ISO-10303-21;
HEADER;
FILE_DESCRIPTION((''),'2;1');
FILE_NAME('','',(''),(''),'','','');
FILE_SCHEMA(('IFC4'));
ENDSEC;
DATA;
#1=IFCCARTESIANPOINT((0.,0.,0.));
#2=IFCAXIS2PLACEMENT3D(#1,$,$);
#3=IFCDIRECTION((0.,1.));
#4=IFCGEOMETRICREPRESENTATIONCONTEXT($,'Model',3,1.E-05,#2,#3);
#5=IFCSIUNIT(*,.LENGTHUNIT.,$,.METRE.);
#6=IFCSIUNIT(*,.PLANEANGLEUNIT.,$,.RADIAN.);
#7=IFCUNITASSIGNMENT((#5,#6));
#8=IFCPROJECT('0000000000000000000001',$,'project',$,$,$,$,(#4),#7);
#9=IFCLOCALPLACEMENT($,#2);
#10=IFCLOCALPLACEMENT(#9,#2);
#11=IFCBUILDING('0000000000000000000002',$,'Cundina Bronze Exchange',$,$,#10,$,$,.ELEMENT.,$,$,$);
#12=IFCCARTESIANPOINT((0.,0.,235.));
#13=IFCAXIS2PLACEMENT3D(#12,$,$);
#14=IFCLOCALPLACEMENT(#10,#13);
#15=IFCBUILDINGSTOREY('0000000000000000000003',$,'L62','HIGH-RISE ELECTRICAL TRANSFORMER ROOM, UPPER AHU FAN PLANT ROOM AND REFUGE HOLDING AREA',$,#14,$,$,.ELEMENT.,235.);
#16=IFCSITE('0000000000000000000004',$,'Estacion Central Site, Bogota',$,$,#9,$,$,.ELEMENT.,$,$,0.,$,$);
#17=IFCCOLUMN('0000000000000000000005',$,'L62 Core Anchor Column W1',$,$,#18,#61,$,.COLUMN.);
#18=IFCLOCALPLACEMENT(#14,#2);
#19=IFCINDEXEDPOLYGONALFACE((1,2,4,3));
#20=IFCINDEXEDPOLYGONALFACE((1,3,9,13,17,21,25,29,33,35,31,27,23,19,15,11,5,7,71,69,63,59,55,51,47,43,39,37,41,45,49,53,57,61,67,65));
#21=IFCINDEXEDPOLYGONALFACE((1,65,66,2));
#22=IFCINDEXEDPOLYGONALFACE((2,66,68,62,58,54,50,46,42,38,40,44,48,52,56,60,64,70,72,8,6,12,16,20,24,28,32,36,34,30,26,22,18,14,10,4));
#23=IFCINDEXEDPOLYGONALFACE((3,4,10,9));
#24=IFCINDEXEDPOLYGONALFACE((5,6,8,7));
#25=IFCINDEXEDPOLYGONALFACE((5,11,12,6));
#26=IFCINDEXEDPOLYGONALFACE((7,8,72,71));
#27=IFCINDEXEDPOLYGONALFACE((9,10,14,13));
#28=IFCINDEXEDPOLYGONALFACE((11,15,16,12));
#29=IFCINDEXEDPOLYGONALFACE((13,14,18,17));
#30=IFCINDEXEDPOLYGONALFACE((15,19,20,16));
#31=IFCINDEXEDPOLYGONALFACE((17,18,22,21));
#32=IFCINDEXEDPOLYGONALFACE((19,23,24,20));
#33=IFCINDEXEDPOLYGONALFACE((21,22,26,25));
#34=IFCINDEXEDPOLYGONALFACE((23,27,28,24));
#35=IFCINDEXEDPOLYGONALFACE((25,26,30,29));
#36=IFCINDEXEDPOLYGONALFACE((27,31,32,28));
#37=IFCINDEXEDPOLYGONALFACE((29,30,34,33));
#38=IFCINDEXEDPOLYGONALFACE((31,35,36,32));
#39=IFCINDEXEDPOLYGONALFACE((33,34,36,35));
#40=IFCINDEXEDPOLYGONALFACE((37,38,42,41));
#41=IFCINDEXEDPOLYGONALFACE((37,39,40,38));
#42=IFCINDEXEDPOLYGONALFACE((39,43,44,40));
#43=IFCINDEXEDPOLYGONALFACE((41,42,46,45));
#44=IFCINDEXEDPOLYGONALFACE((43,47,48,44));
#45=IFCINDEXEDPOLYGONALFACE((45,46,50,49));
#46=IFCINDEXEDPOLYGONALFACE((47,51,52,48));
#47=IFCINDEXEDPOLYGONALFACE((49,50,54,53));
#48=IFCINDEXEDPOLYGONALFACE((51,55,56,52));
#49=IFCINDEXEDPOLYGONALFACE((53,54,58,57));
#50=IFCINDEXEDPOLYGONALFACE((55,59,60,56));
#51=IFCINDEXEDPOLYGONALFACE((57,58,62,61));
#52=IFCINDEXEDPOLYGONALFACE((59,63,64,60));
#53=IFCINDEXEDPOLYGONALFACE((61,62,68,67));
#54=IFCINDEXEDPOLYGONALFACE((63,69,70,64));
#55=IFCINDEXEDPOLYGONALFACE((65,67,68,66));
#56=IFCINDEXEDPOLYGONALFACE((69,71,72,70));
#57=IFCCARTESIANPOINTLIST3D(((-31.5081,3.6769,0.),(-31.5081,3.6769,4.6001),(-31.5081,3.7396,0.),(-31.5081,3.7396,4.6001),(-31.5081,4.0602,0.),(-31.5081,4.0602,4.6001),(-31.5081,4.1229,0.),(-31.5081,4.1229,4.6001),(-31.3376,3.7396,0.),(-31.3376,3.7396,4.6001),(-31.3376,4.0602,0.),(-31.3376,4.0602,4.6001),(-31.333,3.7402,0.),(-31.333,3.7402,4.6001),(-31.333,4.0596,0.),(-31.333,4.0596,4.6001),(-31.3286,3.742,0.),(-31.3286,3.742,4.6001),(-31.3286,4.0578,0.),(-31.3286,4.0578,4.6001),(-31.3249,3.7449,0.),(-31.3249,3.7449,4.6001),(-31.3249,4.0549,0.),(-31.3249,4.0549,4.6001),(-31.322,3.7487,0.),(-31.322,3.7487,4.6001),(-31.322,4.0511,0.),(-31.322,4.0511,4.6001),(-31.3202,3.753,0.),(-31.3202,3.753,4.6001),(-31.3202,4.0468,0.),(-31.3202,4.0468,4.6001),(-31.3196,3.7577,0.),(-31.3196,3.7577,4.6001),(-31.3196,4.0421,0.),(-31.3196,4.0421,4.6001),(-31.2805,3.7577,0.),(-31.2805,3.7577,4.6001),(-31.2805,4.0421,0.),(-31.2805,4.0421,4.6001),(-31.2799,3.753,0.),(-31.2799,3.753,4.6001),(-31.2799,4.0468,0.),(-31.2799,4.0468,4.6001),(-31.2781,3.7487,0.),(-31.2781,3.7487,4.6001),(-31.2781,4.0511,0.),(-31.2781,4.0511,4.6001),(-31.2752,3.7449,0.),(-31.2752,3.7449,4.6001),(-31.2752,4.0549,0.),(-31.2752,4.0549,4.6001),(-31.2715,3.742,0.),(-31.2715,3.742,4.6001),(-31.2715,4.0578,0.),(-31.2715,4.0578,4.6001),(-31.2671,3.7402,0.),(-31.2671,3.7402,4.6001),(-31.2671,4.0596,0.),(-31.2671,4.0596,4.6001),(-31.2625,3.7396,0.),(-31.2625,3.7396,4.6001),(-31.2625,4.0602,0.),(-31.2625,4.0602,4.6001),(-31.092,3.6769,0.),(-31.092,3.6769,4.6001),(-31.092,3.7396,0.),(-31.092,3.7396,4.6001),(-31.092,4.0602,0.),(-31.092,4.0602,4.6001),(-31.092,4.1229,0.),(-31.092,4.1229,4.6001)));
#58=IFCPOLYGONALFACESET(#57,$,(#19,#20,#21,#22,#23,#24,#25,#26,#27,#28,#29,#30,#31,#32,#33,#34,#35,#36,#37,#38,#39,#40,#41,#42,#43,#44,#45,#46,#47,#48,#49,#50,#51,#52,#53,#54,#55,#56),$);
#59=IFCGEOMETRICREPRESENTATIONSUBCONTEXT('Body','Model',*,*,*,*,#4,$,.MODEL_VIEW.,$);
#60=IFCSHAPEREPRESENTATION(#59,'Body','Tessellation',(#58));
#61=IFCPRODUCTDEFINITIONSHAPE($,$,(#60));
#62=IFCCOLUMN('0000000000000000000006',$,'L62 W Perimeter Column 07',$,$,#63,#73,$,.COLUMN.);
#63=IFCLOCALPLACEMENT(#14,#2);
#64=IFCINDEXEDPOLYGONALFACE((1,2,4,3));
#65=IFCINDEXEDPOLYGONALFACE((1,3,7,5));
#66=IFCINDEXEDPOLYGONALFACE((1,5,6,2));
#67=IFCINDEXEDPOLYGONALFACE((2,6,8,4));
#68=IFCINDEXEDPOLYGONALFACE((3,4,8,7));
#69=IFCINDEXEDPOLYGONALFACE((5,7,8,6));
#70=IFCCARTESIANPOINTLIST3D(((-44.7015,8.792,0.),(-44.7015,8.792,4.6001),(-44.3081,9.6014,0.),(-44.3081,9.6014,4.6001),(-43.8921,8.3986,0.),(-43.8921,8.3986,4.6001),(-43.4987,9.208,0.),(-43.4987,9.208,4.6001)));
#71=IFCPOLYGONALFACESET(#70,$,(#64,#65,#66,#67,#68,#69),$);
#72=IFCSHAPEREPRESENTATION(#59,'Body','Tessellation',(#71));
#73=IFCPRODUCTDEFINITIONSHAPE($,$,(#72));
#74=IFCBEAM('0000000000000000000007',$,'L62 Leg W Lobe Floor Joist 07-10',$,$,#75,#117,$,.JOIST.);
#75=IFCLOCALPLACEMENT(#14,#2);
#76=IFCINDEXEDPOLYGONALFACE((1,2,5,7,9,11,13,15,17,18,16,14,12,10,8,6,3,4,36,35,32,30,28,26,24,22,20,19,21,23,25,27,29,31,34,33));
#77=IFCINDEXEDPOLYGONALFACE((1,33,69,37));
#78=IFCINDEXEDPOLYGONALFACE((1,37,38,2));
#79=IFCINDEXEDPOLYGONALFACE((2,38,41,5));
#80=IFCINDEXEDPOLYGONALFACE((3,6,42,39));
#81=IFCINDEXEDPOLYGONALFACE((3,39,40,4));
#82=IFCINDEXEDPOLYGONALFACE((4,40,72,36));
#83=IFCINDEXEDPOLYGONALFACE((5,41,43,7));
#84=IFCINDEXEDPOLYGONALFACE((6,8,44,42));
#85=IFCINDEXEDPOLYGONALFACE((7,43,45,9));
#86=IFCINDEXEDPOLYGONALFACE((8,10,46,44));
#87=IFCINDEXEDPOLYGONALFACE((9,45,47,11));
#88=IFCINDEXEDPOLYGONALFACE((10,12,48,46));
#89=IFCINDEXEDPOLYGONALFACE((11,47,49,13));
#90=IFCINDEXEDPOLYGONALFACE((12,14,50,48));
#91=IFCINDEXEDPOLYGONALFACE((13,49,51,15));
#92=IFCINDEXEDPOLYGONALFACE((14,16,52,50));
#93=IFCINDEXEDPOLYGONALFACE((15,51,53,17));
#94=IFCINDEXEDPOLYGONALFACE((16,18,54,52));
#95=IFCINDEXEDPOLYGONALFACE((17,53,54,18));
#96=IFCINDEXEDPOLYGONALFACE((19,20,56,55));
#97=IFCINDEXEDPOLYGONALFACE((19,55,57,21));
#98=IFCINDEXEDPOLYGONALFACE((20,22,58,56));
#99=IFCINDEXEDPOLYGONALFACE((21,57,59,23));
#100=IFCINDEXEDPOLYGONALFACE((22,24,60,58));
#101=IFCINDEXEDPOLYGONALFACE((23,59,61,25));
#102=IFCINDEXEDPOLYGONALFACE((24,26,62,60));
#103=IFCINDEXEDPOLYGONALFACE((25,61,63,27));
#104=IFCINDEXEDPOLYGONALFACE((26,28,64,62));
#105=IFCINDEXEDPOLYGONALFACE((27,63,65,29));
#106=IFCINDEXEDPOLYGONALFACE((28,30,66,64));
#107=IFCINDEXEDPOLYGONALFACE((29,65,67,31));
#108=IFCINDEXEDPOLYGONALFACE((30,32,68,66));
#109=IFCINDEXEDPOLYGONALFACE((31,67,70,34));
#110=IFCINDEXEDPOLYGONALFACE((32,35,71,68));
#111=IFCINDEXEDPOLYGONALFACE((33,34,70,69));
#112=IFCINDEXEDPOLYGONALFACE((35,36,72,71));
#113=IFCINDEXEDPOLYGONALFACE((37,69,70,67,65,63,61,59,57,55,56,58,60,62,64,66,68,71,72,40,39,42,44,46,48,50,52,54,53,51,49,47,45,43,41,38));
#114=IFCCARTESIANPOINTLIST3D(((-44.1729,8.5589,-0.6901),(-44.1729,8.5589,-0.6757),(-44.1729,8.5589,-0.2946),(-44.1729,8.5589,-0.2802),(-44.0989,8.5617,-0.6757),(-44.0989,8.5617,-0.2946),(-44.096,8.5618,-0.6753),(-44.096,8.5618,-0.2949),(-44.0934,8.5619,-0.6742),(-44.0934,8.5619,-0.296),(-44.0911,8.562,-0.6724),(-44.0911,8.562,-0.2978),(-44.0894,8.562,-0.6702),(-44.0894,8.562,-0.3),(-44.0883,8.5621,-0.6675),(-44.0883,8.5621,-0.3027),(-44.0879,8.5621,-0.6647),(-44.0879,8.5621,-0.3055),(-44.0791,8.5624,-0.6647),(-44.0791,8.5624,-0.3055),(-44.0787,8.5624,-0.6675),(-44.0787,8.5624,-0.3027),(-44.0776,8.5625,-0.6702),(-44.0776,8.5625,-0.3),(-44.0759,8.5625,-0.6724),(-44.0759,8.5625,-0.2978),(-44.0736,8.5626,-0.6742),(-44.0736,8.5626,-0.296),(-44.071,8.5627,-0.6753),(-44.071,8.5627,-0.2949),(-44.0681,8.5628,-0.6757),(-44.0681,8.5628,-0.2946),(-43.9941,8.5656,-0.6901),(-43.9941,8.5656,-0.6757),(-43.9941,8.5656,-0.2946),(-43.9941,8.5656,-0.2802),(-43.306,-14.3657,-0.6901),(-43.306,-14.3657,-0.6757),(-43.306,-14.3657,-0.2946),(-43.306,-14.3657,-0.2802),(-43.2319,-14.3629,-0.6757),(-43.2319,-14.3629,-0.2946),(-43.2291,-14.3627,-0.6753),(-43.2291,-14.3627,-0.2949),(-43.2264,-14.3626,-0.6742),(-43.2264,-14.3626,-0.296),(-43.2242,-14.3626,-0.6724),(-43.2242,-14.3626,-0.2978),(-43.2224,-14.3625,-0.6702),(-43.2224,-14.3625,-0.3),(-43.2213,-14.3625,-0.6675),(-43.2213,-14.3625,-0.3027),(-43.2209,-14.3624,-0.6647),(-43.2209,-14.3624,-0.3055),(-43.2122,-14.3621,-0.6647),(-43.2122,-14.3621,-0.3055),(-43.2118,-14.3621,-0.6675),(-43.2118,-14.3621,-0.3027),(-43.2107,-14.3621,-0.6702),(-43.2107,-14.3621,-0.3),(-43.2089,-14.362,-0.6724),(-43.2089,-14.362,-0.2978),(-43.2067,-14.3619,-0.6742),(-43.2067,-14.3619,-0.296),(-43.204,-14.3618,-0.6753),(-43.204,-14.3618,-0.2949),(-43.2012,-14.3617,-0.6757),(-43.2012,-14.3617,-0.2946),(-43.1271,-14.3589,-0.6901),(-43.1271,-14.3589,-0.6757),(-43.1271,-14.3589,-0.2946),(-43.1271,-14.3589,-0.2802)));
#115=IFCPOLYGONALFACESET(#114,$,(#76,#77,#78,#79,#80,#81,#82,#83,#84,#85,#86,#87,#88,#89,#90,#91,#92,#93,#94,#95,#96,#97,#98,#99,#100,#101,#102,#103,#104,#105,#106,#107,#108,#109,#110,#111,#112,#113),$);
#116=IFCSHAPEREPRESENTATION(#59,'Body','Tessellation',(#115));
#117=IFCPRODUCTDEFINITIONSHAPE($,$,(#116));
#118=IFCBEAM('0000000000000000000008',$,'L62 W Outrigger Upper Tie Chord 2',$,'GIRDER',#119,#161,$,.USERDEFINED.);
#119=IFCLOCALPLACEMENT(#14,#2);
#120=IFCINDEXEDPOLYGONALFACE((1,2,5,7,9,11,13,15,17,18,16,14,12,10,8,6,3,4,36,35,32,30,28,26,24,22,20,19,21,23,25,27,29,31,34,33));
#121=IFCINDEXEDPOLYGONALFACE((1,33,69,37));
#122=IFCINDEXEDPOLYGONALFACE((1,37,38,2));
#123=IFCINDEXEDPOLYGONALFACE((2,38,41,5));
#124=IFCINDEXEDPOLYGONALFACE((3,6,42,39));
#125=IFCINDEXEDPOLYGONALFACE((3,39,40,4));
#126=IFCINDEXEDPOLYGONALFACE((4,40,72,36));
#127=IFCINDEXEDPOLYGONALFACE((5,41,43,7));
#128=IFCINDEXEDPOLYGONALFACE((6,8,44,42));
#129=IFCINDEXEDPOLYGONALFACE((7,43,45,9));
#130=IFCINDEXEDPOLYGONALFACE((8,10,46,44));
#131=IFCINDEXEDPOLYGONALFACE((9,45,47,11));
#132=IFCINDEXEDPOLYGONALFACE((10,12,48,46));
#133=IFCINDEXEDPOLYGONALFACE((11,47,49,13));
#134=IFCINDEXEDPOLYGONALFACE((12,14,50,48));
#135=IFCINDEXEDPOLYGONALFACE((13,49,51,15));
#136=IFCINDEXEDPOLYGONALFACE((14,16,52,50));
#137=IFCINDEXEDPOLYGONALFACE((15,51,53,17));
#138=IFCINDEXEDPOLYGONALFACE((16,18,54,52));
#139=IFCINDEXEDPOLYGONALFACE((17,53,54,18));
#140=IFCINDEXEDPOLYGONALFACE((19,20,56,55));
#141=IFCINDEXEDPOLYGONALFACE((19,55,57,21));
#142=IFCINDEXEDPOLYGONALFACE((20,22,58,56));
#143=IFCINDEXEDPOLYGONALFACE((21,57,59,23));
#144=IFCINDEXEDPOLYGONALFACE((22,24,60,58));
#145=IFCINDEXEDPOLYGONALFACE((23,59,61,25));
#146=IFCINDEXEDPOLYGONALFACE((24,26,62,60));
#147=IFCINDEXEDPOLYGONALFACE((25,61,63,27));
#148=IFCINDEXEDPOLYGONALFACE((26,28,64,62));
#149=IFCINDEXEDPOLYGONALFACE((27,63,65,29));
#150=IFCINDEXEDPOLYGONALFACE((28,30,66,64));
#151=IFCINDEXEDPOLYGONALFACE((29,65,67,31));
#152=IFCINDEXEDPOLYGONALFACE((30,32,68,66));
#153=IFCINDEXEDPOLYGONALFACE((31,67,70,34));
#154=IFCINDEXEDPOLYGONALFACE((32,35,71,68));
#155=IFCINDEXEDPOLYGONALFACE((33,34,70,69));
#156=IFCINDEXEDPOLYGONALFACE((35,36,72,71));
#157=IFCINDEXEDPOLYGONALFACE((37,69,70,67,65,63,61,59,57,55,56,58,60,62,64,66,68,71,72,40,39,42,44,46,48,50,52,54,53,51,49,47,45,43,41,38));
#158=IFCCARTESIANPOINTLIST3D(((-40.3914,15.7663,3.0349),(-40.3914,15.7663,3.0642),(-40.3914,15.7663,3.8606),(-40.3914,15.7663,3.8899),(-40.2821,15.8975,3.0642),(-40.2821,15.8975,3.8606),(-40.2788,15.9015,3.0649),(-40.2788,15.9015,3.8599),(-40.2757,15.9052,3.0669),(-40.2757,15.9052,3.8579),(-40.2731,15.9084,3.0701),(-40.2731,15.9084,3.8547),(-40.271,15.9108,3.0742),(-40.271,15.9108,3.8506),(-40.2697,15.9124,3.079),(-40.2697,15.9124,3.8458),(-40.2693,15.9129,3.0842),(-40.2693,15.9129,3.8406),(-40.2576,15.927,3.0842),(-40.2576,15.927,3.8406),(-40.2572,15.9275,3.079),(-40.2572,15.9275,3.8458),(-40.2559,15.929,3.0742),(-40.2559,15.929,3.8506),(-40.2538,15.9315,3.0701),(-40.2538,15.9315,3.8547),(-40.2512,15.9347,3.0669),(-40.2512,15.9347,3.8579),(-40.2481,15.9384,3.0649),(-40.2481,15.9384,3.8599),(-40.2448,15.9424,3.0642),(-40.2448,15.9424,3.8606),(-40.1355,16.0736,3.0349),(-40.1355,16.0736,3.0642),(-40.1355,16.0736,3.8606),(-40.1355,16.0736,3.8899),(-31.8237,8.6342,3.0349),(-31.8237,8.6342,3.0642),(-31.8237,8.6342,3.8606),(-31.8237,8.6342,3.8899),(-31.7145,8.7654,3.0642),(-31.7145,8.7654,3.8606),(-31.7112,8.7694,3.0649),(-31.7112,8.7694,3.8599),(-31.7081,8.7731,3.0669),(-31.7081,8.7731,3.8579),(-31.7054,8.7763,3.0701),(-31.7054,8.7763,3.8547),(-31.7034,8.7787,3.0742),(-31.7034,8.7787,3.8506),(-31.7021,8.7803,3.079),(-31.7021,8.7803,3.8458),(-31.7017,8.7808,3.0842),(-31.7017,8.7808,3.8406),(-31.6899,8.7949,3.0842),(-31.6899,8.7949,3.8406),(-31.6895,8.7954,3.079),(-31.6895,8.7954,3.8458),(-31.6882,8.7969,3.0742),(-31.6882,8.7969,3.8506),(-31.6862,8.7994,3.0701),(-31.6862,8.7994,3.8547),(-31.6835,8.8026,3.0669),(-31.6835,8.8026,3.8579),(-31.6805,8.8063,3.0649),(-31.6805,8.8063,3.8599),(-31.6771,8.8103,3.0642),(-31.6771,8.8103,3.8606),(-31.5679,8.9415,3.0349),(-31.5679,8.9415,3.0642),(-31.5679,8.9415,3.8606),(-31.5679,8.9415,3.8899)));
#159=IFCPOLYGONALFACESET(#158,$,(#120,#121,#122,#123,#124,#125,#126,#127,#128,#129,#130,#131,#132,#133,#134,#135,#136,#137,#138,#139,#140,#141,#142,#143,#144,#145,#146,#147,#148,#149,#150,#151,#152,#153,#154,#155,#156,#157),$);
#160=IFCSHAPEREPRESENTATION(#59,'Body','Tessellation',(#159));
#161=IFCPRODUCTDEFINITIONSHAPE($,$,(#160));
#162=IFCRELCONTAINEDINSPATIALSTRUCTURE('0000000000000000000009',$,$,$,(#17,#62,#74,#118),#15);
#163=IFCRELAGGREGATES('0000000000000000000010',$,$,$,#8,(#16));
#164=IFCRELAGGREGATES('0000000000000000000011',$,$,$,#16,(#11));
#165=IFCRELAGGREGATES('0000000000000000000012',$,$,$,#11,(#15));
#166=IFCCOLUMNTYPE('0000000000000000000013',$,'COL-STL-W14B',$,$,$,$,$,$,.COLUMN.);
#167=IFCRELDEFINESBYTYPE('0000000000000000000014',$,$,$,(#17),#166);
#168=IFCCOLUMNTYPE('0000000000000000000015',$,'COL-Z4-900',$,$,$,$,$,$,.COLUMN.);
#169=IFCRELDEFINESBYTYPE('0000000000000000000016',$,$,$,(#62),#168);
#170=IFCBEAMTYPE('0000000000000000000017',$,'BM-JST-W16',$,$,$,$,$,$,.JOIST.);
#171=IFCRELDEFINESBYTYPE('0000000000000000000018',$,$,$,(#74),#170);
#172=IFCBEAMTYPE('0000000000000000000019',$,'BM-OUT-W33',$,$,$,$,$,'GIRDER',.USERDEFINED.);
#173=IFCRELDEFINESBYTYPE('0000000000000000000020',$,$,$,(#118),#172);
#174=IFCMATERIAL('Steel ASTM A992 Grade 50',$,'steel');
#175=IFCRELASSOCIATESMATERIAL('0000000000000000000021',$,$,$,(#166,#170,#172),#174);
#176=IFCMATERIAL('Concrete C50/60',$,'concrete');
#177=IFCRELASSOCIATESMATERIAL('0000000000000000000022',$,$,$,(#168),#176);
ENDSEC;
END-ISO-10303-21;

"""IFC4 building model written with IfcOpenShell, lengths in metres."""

from ifc_helpers import new_model, si_unit, direction, frame, origin, origin_2d, place, context, subcontext, project, spatial, rectangle, i_section, extrude, material, material_profile, profile_set, type_object, element, save


model = new_model("IFC4")

# Units and contexts
model_context = context("Model", 3, precision=1e-05, world=origin(), true_north=direction((0.0, 1.0)))
body_context = subcontext(model_context, "Body", "Model", "MODEL_VIEW")
ifc_project = project(units=[si_unit("LENGTHUNIT", "METRE"), si_unit("PLANEANGLEUNIT", "RADIAN")], contexts=[model_context])

# Site, building, storey
site_placement = place(None, origin())
site = spatial("IfcSite", under=ifc_project, at=site_placement, Name="Estacion Central Site, Bogota", CompositionType="ELEMENT", RefElevation=0.0)
building_placement = place(site_placement, origin())
building = spatial("IfcBuilding", under=site, at=building_placement, Name="Cundina Bronze Exchange", CompositionType="ELEMENT")
storey_placement = place(building_placement, frame((0.0, 0.0, 235.0)))
storey = spatial("IfcBuildingStorey", under=building, at=storey_placement, Name="L62", Description="HIGH-RISE ELECTRICAL TRANSFORMER ROOM, UPPER AHU FAN PLANT ROOM AND REFUGE HOLDING AREA", CompositionType="ELEMENT", Elevation=235.0)

# Columns
ifc_material_1 = material(Name="Steel ASTM A992 Grade 50", Category="steel")
ifc_material_profile_1 = material_profile(ifc_material_1, i_section(OverallWidth=0.416, OverallDepth=0.446, WebThickness=0.0391, FlangeThickness=0.0627, FilletRadius=0.0181, at=origin_2d()), Name="W14X342", Category="steel")
ifc_profile_set_1 = profile_set([ifc_material_profile_1], Name="Steel ASTM A992 Grade 50")
column_type_1 = type_object("IfcColumnType", Name="COL-STL-W14B", PredefinedType="COLUMN", material=ifc_profile_set_1)
column_1_placement = place(storey_placement, frame((-31.3, 3.8999, 0.0), z_axis=(0.0, 0.0, 1.0), x_axis=(1.0, 0.0, 0.0)))
element("IfcColumn", 1, at=column_1_placement, inside=storey, type_object=column_type_1, Name="L62 Core Anchor Column W1", PredefinedType="COLUMN", context=body_context, shape_type="SweptSolid", body=[
    extrude(i_section(OverallWidth=0.416, OverallDepth=0.446, WebThickness=0.0391, FlangeThickness=0.0627, FilletRadius=0.0181, at=origin_2d()), origin(), (0.0, 0.0, 1.0), 4.6001),
])
ifc_material_2 = material(Name="Concrete C50/60", Category="concrete")
ifc_material_profile_2 = material_profile(ifc_material_2, rectangle(XDim=0.8999, YDim=0.8999, at=origin_2d()), Name="RC900X900", Category="concrete")
ifc_profile_set_2 = profile_set([ifc_material_profile_2], Name="Concrete C50/60")
column_type_2 = type_object("IfcColumnType", Name="COL-Z4-900", PredefinedType="COLUMN", material=ifc_profile_set_2)
column_2_placement = place(storey_placement, frame((-44.1001, 9.0, 0.0), z_axis=(0.0, 0.0, 1.0), x_axis=(-0.437116, -0.899405, 0.0)))
element("IfcColumn", 2, at=column_2_placement, inside=storey, type_object=column_type_2, Name="L62 W Perimeter Column 07", PredefinedType="COLUMN", context=body_context, shape_type="SweptSolid", body=[
    extrude(rectangle(XDim=0.8999, YDim=0.8999, at=origin_2d()), origin(), (0.0, 0.0, 1.0), 4.6001),
])

# Beams
ifc_material_profile_3 = material_profile(ifc_material_1, i_section(OverallWidth=0.179, OverallDepth=0.4099, WebThickness=0.0088, FlangeThickness=0.0144, FilletRadius=0.011, at=origin_2d()), Name="W16X45", Category="steel")
ifc_profile_set_3 = profile_set([ifc_material_profile_3], Name="Steel ASTM A992 Grade 50")
beam_type_1 = type_object("IfcBeamType", Name="BM-JST-W16", PredefinedType="JOIST", material=ifc_profile_set_3)
beam_1_placement = place(storey_placement, frame((-44.0835, 8.5623, -0.4851), z_axis=(0.03779, -0.999286, 0.0), x_axis=(0.999286, 0.03779, 0.0)))
element("IfcBeam", 3, at=beam_1_placement, inside=storey, type_object=beam_type_1, Name="L62 Leg W Lobe Floor Joist 07-10", PredefinedType="JOIST", context=body_context, shape_type="SweptSolid", body=[
    extrude(i_section(OverallWidth=0.179, OverallDepth=0.4099, WebThickness=0.0088, FlangeThickness=0.0144, FilletRadius=0.011, at=origin_2d()), origin(), (0.0, 0.0, 1.0), 22.9409),
])
ifc_material_profile_4 = material_profile(ifc_material_1, i_section(OverallWidth=0.3999, OverallDepth=0.855, WebThickness=0.0183, FlangeThickness=0.0293, FilletRadius=0.02, at=origin_2d()), Name="W33X201", Category="steel")
ifc_profile_set_4 = profile_set([ifc_material_profile_4], Name="Steel ASTM A992 Grade 50")
beam_type_2 = type_object("IfcBeamType", Name="BM-OUT-W33", ElementType="GIRDER", PredefinedType="USERDEFINED", material=ifc_profile_set_4)
beam_2_placement = place(storey_placement, frame((-31.6958, 8.7878, 3.4624), z_axis=(-0.768557, 0.639781, 0.0), x_axis=(-0.639781, -0.768557, 0.0)))
element("IfcBeam", 4, at=beam_2_placement, inside=storey, type_object=beam_type_2, Name="L62 W Outrigger Upper Tie Chord 2", ObjectType="GIRDER", PredefinedType="USERDEFINED", context=body_context, shape_type="SweptSolid", body=[
    extrude(i_section(OverallWidth=0.3999, OverallDepth=0.855, WebThickness=0.0183, FlangeThickness=0.0293, FilletRadius=0.02, at=origin_2d()), origin(), (0.0, 0.0, 1.0), 11.1477),
])

save(model, "model.ifc")
